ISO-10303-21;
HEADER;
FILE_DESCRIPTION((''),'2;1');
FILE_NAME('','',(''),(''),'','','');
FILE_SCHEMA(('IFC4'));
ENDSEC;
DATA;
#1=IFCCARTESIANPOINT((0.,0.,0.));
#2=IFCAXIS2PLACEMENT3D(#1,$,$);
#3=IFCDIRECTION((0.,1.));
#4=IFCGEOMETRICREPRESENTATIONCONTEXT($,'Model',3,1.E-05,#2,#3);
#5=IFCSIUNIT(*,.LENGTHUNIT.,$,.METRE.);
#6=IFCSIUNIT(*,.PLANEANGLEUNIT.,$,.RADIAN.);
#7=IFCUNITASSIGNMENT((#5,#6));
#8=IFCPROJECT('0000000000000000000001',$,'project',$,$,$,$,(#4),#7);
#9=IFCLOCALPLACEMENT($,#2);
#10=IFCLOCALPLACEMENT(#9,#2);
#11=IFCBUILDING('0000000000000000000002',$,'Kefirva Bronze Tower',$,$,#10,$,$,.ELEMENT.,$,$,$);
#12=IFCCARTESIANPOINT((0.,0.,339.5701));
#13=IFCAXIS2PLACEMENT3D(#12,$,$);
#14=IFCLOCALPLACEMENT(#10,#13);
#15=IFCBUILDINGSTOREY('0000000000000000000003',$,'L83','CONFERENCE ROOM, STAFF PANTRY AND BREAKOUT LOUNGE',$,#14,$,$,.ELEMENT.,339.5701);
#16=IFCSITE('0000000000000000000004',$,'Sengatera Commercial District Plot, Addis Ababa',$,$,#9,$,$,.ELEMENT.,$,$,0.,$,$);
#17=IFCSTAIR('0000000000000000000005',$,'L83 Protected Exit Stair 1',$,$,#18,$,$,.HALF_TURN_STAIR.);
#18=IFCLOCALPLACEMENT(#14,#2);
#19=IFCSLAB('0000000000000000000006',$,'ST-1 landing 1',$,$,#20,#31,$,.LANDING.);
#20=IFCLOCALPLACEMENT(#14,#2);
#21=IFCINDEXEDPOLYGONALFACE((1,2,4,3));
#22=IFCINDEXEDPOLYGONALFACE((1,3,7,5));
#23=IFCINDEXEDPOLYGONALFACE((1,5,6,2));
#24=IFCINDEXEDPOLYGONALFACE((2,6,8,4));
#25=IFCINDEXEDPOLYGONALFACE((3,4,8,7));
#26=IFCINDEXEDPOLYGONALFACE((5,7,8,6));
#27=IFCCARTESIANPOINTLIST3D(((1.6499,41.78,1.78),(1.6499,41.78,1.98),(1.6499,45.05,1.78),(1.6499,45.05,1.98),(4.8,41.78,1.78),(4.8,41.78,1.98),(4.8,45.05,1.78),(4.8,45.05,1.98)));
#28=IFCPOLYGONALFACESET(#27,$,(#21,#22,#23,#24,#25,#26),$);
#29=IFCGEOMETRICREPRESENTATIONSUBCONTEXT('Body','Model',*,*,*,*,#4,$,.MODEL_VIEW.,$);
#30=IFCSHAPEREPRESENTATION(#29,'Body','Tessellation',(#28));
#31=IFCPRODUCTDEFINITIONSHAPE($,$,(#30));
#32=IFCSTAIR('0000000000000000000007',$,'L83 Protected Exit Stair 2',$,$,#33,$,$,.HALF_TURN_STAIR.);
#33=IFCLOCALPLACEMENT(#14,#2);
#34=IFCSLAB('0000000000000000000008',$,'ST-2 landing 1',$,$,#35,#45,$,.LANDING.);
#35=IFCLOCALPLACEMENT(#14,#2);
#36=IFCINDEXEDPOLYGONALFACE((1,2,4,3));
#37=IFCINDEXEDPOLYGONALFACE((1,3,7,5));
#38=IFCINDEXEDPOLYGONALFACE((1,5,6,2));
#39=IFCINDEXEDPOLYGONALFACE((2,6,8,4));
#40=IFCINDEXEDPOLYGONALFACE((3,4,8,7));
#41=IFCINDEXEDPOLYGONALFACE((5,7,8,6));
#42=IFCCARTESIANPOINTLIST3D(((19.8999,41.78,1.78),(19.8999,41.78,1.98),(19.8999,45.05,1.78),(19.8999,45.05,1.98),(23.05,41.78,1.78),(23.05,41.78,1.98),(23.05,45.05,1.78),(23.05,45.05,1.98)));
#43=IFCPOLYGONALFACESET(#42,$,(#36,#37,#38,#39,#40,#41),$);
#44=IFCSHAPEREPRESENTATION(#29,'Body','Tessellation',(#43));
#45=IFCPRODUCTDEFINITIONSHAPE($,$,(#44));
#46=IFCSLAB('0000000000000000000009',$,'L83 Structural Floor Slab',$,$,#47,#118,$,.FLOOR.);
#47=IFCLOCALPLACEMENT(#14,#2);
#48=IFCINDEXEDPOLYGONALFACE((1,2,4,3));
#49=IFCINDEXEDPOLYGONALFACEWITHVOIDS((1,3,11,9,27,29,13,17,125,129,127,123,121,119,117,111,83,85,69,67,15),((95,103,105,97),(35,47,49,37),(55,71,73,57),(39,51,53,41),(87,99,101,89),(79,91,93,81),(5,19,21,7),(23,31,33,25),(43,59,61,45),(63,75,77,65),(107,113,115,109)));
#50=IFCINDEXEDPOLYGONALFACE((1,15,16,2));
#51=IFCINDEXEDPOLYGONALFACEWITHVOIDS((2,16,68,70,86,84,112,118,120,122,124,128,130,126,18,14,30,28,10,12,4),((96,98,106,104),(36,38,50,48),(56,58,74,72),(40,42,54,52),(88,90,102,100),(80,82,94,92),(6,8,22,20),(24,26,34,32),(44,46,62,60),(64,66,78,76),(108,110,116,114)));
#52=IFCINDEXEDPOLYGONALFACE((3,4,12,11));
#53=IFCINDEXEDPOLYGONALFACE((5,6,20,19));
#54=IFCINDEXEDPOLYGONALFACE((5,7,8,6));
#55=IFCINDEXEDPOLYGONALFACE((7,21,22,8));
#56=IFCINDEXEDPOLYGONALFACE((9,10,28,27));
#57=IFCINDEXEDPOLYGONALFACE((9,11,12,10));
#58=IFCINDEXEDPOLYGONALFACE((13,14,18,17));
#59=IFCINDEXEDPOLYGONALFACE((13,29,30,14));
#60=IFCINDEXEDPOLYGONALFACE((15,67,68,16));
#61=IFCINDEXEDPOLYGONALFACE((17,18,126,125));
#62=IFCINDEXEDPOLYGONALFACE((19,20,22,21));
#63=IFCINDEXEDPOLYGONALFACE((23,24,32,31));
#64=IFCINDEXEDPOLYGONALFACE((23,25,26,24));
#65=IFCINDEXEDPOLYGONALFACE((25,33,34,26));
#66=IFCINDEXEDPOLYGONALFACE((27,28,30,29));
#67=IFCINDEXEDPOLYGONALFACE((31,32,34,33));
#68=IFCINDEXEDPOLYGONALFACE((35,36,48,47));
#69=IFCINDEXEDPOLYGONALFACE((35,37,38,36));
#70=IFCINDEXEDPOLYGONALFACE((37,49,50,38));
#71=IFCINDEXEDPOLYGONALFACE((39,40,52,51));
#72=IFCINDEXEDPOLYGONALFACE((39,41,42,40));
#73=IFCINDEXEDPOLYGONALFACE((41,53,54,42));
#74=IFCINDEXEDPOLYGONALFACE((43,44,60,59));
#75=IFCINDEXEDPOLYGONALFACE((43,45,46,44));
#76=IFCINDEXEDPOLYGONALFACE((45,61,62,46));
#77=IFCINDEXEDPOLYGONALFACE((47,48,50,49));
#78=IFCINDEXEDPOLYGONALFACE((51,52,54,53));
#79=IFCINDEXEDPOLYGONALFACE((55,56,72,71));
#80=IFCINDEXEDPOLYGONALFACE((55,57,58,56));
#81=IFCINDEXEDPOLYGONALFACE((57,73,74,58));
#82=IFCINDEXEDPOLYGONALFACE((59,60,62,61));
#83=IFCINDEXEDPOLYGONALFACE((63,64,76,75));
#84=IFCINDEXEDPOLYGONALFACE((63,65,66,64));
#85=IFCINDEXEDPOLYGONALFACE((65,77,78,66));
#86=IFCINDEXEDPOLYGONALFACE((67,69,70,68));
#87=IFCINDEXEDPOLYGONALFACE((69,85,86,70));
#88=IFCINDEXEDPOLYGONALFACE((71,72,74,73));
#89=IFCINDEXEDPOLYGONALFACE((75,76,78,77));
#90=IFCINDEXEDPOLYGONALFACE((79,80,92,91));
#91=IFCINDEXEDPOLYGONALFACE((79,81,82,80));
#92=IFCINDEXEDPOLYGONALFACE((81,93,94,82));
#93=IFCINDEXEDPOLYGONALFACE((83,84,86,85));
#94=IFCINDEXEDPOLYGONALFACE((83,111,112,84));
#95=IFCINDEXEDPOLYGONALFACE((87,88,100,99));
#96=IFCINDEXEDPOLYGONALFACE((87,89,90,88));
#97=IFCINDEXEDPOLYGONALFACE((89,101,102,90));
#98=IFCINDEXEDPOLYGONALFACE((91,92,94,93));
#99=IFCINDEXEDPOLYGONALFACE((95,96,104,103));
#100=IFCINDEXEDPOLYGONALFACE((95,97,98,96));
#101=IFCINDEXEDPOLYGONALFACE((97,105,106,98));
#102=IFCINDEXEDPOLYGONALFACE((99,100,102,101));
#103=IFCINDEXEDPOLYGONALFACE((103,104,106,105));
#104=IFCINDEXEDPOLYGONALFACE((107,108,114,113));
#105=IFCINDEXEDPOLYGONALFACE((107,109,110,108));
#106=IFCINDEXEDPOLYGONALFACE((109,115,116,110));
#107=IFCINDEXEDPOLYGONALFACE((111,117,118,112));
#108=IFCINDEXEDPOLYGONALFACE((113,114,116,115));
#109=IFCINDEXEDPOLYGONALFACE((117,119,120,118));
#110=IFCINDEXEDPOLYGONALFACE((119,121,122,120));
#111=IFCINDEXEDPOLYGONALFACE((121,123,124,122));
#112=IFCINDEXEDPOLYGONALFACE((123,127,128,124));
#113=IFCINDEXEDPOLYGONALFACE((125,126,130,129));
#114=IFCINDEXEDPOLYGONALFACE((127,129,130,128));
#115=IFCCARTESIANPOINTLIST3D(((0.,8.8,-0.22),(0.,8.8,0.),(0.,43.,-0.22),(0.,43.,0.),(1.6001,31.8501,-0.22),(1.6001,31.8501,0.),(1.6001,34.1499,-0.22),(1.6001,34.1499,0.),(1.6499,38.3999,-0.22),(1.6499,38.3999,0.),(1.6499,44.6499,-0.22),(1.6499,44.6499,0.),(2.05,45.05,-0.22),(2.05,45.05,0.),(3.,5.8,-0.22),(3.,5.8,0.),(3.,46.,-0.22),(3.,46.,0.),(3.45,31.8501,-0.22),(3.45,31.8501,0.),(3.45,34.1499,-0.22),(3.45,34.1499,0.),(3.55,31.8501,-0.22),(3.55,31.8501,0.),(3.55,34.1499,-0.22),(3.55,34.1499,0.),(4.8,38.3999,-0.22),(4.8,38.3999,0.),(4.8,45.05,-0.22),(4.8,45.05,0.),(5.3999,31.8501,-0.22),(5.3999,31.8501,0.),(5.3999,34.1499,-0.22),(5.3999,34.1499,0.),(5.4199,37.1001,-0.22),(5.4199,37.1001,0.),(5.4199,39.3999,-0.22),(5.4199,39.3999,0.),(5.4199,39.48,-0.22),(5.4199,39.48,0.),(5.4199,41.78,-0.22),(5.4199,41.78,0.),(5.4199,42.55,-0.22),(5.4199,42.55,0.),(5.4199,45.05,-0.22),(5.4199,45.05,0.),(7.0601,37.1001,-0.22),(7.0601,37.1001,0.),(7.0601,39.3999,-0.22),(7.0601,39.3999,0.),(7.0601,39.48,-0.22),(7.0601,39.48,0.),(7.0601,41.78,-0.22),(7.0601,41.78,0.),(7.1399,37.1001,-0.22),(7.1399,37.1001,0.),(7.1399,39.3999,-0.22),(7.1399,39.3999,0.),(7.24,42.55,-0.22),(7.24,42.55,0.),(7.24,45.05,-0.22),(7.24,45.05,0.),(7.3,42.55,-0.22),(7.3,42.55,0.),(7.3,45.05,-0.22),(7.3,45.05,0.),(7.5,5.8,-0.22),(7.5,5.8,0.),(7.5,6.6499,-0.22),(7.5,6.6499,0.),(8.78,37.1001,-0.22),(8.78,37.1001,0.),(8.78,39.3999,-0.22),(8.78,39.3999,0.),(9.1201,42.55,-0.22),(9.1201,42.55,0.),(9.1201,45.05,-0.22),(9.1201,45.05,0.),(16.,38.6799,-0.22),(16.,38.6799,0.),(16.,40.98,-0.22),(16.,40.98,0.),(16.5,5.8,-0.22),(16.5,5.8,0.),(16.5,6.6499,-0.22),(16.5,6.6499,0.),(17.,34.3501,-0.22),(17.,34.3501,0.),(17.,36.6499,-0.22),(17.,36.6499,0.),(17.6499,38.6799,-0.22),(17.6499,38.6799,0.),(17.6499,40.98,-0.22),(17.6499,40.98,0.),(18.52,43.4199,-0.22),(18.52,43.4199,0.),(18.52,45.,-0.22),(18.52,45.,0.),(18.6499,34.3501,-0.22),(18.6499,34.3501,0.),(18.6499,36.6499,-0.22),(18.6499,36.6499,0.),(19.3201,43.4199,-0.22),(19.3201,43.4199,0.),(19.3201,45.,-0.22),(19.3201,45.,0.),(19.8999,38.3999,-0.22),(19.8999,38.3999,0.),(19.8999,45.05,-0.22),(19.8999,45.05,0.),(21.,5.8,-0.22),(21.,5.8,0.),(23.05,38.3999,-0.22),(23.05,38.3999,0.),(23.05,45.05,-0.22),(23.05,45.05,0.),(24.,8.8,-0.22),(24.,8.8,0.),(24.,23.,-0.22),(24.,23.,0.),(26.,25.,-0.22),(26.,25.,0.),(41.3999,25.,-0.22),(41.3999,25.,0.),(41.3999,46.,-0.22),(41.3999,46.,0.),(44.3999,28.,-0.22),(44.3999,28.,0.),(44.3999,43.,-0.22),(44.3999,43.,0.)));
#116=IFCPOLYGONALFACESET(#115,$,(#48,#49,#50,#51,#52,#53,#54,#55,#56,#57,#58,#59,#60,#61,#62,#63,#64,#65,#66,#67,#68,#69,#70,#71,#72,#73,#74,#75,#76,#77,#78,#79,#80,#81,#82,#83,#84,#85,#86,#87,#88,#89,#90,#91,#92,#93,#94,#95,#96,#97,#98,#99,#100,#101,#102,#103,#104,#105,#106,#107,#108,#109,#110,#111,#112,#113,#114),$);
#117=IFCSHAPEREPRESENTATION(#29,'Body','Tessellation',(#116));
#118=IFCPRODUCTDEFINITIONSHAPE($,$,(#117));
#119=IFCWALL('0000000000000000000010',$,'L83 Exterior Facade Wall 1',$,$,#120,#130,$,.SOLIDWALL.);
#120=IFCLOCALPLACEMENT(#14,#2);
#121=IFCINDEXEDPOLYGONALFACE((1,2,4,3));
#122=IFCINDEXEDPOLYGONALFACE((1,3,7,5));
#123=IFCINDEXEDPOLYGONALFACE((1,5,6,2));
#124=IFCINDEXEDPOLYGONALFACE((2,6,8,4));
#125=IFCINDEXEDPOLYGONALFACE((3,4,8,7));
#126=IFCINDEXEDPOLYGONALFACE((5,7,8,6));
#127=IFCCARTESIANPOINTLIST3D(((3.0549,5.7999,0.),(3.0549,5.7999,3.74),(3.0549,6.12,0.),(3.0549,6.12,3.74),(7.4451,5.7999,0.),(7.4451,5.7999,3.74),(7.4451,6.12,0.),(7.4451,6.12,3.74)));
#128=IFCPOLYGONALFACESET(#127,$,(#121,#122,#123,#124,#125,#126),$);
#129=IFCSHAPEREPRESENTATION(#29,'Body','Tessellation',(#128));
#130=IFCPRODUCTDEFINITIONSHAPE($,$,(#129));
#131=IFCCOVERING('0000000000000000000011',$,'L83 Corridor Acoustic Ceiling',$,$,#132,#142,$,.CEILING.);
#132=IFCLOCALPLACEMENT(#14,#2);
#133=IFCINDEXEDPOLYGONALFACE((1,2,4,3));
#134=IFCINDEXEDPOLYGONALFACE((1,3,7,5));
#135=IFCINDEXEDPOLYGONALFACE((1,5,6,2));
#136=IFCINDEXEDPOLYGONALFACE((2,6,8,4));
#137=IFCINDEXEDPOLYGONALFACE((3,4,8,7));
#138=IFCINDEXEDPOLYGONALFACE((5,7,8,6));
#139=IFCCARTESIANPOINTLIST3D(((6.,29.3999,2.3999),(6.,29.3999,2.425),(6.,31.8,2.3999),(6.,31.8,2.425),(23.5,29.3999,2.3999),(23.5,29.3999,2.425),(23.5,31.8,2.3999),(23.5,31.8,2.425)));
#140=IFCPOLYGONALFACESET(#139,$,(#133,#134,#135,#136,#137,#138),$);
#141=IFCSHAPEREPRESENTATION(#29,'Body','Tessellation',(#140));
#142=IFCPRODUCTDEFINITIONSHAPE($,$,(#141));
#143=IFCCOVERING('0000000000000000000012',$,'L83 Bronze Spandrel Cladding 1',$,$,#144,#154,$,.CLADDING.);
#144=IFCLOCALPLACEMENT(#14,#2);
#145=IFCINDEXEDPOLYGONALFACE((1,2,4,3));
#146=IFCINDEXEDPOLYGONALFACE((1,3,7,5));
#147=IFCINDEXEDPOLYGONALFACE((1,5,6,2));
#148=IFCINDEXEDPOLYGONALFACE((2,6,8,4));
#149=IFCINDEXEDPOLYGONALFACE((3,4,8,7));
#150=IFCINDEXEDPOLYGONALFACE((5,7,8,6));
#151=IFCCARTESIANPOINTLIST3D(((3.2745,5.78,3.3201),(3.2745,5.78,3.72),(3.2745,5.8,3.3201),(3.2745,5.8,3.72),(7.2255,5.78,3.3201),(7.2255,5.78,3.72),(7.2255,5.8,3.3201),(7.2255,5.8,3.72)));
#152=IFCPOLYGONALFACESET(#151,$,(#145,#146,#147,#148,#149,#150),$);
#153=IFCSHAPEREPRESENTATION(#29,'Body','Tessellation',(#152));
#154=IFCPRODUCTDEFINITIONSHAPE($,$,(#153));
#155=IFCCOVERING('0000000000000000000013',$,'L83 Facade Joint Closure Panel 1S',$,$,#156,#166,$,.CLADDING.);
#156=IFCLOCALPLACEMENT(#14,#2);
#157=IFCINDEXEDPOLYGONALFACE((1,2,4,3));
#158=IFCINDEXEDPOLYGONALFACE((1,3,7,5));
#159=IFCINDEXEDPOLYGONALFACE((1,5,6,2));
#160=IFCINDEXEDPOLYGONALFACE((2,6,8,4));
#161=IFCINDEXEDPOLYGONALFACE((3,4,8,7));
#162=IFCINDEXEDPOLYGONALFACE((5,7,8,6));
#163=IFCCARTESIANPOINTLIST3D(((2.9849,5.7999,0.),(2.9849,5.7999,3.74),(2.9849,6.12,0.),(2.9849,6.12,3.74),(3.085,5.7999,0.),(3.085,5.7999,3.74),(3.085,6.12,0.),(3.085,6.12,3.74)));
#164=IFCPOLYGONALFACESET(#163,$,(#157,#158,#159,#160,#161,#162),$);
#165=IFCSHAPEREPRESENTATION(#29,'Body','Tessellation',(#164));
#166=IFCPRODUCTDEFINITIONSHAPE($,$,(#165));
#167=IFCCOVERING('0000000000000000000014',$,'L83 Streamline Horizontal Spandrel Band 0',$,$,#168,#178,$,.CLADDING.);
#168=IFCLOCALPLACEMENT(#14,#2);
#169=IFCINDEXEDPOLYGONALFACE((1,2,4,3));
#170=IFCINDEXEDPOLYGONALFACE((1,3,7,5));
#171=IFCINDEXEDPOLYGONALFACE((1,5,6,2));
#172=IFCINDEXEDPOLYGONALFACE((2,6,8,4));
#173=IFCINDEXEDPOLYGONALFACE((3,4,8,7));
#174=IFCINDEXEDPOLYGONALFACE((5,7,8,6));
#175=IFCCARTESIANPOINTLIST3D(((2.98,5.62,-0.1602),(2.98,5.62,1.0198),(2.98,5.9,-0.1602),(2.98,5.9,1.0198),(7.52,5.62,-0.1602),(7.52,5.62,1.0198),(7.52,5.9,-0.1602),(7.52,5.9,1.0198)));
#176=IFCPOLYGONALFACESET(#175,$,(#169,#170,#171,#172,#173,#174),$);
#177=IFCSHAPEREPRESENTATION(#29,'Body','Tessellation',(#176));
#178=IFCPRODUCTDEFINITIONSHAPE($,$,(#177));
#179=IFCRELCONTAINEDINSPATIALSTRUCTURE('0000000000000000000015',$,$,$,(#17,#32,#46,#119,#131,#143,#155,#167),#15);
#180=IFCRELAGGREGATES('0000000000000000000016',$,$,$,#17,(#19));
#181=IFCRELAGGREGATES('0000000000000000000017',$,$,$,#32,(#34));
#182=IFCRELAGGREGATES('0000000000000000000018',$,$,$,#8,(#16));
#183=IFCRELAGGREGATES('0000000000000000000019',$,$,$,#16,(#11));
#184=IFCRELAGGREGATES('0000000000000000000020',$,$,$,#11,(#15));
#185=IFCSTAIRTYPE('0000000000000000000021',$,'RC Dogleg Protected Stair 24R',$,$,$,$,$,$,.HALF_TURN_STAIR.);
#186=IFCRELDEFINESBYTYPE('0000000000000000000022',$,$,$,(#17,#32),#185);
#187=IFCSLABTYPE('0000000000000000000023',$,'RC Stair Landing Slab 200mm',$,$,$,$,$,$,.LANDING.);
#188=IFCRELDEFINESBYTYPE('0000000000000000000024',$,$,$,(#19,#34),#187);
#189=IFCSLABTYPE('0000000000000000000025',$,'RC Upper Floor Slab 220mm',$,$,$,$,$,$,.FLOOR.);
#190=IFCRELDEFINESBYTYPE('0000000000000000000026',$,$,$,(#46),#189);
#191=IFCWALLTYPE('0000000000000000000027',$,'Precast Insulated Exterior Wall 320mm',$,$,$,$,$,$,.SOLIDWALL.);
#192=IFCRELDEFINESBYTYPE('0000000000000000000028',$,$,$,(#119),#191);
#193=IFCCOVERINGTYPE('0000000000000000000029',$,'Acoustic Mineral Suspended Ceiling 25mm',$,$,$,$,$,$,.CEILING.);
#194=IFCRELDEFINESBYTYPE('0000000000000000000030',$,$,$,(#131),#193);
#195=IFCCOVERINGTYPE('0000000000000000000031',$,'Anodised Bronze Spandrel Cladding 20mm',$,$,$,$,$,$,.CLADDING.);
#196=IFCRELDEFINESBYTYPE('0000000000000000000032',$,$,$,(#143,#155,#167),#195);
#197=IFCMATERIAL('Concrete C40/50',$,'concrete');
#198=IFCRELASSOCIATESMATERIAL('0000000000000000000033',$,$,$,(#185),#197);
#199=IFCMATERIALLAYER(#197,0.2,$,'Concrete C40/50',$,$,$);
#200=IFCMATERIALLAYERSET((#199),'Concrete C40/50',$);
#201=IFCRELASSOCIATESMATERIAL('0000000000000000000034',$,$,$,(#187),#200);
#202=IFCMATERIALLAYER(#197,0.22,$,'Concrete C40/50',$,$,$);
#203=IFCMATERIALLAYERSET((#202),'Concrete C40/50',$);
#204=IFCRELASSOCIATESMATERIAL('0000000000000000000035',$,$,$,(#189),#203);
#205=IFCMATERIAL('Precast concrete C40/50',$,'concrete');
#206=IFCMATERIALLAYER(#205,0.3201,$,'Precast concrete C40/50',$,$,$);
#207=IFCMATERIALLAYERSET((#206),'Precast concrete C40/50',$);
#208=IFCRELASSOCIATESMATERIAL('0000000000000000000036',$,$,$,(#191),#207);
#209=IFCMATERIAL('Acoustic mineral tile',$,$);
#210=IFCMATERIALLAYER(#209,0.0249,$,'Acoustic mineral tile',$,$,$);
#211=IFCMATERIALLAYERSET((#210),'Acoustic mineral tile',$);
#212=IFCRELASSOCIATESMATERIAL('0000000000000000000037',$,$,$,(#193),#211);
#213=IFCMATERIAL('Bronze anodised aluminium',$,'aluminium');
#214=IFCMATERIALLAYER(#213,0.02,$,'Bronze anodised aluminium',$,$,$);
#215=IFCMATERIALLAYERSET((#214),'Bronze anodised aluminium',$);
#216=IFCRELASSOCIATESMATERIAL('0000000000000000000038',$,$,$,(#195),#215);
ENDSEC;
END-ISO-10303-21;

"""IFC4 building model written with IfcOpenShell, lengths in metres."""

from ifc_helpers import new_model, si_unit, direction, frame, frame_2d, origin, origin_2d, place, context, subcontext, project, spatial, polyline, rectangle, outline, extrude, material, layer, layer_set, type_object, element, aggregate, save


model = new_model("IFC4")

# Units and contexts
model_context = context("Model", 3, precision=1e-05, world=origin(), true_north=direction((0.0, 1.0)))
body_context = subcontext(model_context, "Body", "Model", "MODEL_VIEW")
ifc_project = project(units=[si_unit("LENGTHUNIT", "METRE"), si_unit("PLANEANGLEUNIT", "RADIAN")], contexts=[model_context])

# Site, building, storey
site_placement = place(None, origin())
site = spatial("IfcSite", under=ifc_project, at=site_placement, Name="Sengatera Commercial District Plot, Addis Ababa", CompositionType="ELEMENT", RefElevation=0.0)
building_placement = place(site_placement, origin())
building = spatial("IfcBuilding", under=site, at=building_placement, Name="Kefirva Bronze Tower", CompositionType="ELEMENT")
storey_placement = place(building_placement, frame((0.0, 0.0, 339.5701)))
storey = spatial("IfcBuildingStorey", under=building, at=storey_placement, Name="L83", Description="CONFERENCE ROOM, STAFF PANTRY AND BREAKOUT LOUNGE", CompositionType="ELEMENT", Elevation=339.5701)

# Stairs, slabs
ifc_material_1 = material(Name="Concrete C40/50", Category="concrete")
stair_type = type_object("IfcStairType", Name="RC Dogleg Protected Stair 24R", PredefinedType="HALF_TURN_STAIR", material=ifc_material_1)
stair_1_placement = place(storey_placement, origin())
stair_1 = element("IfcStair", 1, at=stair_1_placement, inside=storey, type_object=stair_type, Name="L83 Protected Exit Stair 1", PredefinedType="HALF_TURN_STAIR")
ifc_layer_1 = layer(ifc_material_1, 0.2, Name="Concrete C40/50")
ifc_layer_set_1 = layer_set([ifc_layer_1], Name="Concrete C40/50")
slab_type_1 = type_object("IfcSlabType", Name="RC Stair Landing Slab 200mm", PredefinedType="LANDING", material=ifc_layer_set_1)
slab_1_placement = place(storey_placement, frame((0.0, 0.0, 1.78)))
slab_1 = element("IfcSlab", 2, at=slab_1_placement, type_object=slab_type_1, Name="ST-1 landing 1", PredefinedType="LANDING", context=body_context, shape_type="SweptSolid", body=[
    extrude(outline(polyline([(4.8, 41.78), (4.8, 45.05), (1.6499, 45.05), (1.6499, 41.78), (4.8, 41.78)])), origin(), (0.0, 0.0, 1.0), 0.2),
])
aggregate(stair_1, [slab_1])
stair_2_placement = place(storey_placement, origin())
stair_2 = element("IfcStair", 3, at=stair_2_placement, inside=storey, type_object=stair_type, Name="L83 Protected Exit Stair 2", PredefinedType="HALF_TURN_STAIR")
slab_2_placement = place(storey_placement, frame((0.0, 0.0, 1.78)))
slab_2 = element("IfcSlab", 4, at=slab_2_placement, type_object=slab_type_1, Name="ST-2 landing 1", PredefinedType="LANDING", context=body_context, shape_type="SweptSolid", body=[
    extrude(outline(polyline([(23.05, 41.78), (23.05, 45.05), (19.8999, 45.05), (19.8999, 41.78), (23.05, 41.78)])), origin(), (0.0, 0.0, 1.0), 0.2),
])
aggregate(stair_2, [slab_2])

# Slab
ifc_layer_2 = layer(ifc_material_1, 0.22, Name="Concrete C40/50")
ifc_layer_set_2 = layer_set([ifc_layer_2], Name="Concrete C40/50")
slab_type_2 = type_object("IfcSlabType", Name="RC Upper Floor Slab 220mm", PredefinedType="FLOOR", material=ifc_layer_set_2)
slab_3_placement = place(storey_placement, frame((0.0, 0.0, -0.22)))
element("IfcSlab", 5, at=slab_3_placement, inside=storey, type_object=slab_type_2, Name="L83 Structural Floor Slab", PredefinedType="FLOOR", context=body_context, shape_type="SweptSolid", body=[
    extrude(outline(polyline([(0.0, 8.8), (0.0, 43.0), (1.6499, 44.6499), (1.6499, 38.3999), (4.8, 38.3999), (4.8, 45.05), (2.05, 45.05), (3.0, 46.0), (41.3999, 46.0), (44.3999, 43.0), (44.3999, 28.0), (41.3999, 25.0), (26.0, 25.0), (24.0, 23.0), (24.0, 8.8), (21.0, 5.8), (16.5, 5.8), (16.5, 6.6499), (7.5, 6.6499), (7.5, 5.8), (3.0, 5.8), (0.0, 8.8)]), holes=[polyline([(23.05, 45.05), (19.8999, 45.05), (19.8999, 38.3999), (23.05, 38.3999), (23.05, 45.05)]), polyline([(19.3201, 43.4199), (19.3201, 45.0), (18.52, 45.0), (18.52, 43.4199), (19.3201, 43.4199)]), polyline([(18.6499, 36.6499), (17.0, 36.6499), (17.0, 34.3501), (18.6499, 34.3501), (18.6499, 36.6499)]), polyline([(17.6499, 38.6799), (17.6499, 40.98), (16.0, 40.98), (16.0, 38.6799), (17.6499, 38.6799)]), polyline([(9.1201, 42.55), (9.1201, 45.05), (7.3, 45.05), (7.3, 42.55), (9.1201, 42.55)]), polyline([(8.78, 37.1001), (8.78, 39.3999), (7.1399, 39.3999), (7.1399, 37.1001), (8.78, 37.1001)]), polyline([(7.24, 42.55), (7.24, 45.05), (5.4199, 45.05), (5.4199, 42.55), (7.24, 42.55)]), polyline([(7.0601, 37.1001), (7.0601, 39.3999), (5.4199, 39.3999), (5.4199, 37.1001), (7.0601, 37.1001)]), polyline([(7.0601, 41.78), (5.4199, 41.78), (5.4199, 39.48), (7.0601, 39.48), (7.0601, 41.78)]), polyline([(5.3999, 31.8501), (5.3999, 34.1499), (3.55, 34.1499), (3.55, 31.8501), (5.3999, 31.8501)]), polyline([(3.45, 34.1499), (1.6001, 34.1499), (1.6001, 31.8501), (3.45, 31.8501), (3.45, 34.1499)])]), origin(), (0.0, 0.0, 1.0), 0.22),
])

# Wall
ifc_material_2 = material(Name="Precast concrete C40/50", Category="concrete")
ifc_layer_3 = layer(ifc_material_2, 0.3201, Name="Precast concrete C40/50")
ifc_layer_set_3 = layer_set([ifc_layer_3], Name="Precast concrete C40/50")
wall_type = type_object("IfcWallType", Name="Precast Insulated Exterior Wall 320mm", PredefinedType="SOLIDWALL", material=ifc_layer_set_3)
wall_placement = place(storey_placement, frame((3.0549, 5.96, 0.0), z_axis=(0.0, 0.0, 1.0), x_axis=(1.0, 0.0, 0.0)))
element("IfcWall", 6, at=wall_placement, inside=storey, type_object=wall_type, Name="L83 Exterior Facade Wall 1", PredefinedType="SOLIDWALL", context=body_context, shape_type="SweptSolid", body=[
    extrude(rectangle(XDim=4.3901, YDim=0.3201, at=frame_2d((2.1951, 0.0))), origin(), (0.0, 0.0, 1.0), 3.74),
])

# Coverings
ifc_material_3 = material(Name="Acoustic mineral tile")
ifc_layer_4 = layer(ifc_material_3, 0.0249, Name="Acoustic mineral tile")
ifc_layer_set_4 = layer_set([ifc_layer_4], Name="Acoustic mineral tile")
covering_type_1 = type_object("IfcCoveringType", Name="Acoustic Mineral Suspended Ceiling 25mm", PredefinedType="CEILING", material=ifc_layer_set_4)
covering_1_placement = place(storey_placement, frame((0.0, 0.0, 2.3999)))
element("IfcCovering", 7, at=covering_1_placement, inside=storey, type_object=covering_type_1, Name="L83 Corridor Acoustic Ceiling", PredefinedType="CEILING", context=body_context, shape_type="SweptSolid", body=[
    extrude(outline(polyline([(6.0, 29.3999), (23.5, 29.3999), (23.5, 31.8), (6.0, 31.8), (6.0, 29.3999)])), origin(), (0.0, 0.0, 1.0), 0.0251),
])
ifc_material_4 = material(Name="Bronze anodised aluminium", Category="aluminium")
ifc_layer_5 = layer(ifc_material_4, 0.02, Name="Bronze anodised aluminium")
ifc_layer_set_5 = layer_set([ifc_layer_5], Name="Bronze anodised aluminium")
covering_type_2 = type_object("IfcCoveringType", Name="Anodised Bronze Spandrel Cladding 20mm", PredefinedType="CLADDING", material=ifc_layer_set_5)
covering_2_placement = place(storey_placement, frame((5.25, 5.79, 3.3201), z_axis=(0.0, 0.0, 1.0), x_axis=(1.0, 0.0, 0.0)))
element("IfcCovering", 8, at=covering_2_placement, inside=storey, type_object=covering_type_2, Name="L83 Bronze Spandrel Cladding 1", PredefinedType="CLADDING", context=body_context, shape_type="SweptSolid", body=[
    extrude(rectangle(XDim=3.9509, YDim=0.02, at=origin_2d()), origin(), (0.0, 0.0, 1.0), 0.3999),
])
covering_3_placement = place(storey_placement, frame((3.0349, 5.96, 0.0), z_axis=(0.0, 0.0, 1.0), x_axis=(1.0, 0.0, 0.0)))
element("IfcCovering", 9, at=covering_3_placement, inside=storey, type_object=covering_type_2, Name="L83 Facade Joint Closure Panel 1S", PredefinedType="CLADDING", context=body_context, shape_type="SweptSolid", body=[
    extrude(rectangle(XDim=0.1001, YDim=0.3201, at=origin_2d()), origin(), (0.0, 0.0, 1.0), 3.74),
])
covering_4_placement = place(storey_placement, frame((5.25, 5.76, -0.1602), z_axis=(0.0, 0.0, 1.0), x_axis=(1.0, 0.0, 0.0)))
element("IfcCovering", 10, at=covering_4_placement, inside=storey, type_object=covering_type_2, Name="L83 Streamline Horizontal Spandrel Band 0", PredefinedType="CLADDING", context=body_context, shape_type="SweptSolid", body=[
    extrude(rectangle(XDim=4.54, YDim=0.28, at=origin_2d()), origin(), (0.0, 0.0, 1.0), 1.1799),
])

save(model, "model.ifc")
